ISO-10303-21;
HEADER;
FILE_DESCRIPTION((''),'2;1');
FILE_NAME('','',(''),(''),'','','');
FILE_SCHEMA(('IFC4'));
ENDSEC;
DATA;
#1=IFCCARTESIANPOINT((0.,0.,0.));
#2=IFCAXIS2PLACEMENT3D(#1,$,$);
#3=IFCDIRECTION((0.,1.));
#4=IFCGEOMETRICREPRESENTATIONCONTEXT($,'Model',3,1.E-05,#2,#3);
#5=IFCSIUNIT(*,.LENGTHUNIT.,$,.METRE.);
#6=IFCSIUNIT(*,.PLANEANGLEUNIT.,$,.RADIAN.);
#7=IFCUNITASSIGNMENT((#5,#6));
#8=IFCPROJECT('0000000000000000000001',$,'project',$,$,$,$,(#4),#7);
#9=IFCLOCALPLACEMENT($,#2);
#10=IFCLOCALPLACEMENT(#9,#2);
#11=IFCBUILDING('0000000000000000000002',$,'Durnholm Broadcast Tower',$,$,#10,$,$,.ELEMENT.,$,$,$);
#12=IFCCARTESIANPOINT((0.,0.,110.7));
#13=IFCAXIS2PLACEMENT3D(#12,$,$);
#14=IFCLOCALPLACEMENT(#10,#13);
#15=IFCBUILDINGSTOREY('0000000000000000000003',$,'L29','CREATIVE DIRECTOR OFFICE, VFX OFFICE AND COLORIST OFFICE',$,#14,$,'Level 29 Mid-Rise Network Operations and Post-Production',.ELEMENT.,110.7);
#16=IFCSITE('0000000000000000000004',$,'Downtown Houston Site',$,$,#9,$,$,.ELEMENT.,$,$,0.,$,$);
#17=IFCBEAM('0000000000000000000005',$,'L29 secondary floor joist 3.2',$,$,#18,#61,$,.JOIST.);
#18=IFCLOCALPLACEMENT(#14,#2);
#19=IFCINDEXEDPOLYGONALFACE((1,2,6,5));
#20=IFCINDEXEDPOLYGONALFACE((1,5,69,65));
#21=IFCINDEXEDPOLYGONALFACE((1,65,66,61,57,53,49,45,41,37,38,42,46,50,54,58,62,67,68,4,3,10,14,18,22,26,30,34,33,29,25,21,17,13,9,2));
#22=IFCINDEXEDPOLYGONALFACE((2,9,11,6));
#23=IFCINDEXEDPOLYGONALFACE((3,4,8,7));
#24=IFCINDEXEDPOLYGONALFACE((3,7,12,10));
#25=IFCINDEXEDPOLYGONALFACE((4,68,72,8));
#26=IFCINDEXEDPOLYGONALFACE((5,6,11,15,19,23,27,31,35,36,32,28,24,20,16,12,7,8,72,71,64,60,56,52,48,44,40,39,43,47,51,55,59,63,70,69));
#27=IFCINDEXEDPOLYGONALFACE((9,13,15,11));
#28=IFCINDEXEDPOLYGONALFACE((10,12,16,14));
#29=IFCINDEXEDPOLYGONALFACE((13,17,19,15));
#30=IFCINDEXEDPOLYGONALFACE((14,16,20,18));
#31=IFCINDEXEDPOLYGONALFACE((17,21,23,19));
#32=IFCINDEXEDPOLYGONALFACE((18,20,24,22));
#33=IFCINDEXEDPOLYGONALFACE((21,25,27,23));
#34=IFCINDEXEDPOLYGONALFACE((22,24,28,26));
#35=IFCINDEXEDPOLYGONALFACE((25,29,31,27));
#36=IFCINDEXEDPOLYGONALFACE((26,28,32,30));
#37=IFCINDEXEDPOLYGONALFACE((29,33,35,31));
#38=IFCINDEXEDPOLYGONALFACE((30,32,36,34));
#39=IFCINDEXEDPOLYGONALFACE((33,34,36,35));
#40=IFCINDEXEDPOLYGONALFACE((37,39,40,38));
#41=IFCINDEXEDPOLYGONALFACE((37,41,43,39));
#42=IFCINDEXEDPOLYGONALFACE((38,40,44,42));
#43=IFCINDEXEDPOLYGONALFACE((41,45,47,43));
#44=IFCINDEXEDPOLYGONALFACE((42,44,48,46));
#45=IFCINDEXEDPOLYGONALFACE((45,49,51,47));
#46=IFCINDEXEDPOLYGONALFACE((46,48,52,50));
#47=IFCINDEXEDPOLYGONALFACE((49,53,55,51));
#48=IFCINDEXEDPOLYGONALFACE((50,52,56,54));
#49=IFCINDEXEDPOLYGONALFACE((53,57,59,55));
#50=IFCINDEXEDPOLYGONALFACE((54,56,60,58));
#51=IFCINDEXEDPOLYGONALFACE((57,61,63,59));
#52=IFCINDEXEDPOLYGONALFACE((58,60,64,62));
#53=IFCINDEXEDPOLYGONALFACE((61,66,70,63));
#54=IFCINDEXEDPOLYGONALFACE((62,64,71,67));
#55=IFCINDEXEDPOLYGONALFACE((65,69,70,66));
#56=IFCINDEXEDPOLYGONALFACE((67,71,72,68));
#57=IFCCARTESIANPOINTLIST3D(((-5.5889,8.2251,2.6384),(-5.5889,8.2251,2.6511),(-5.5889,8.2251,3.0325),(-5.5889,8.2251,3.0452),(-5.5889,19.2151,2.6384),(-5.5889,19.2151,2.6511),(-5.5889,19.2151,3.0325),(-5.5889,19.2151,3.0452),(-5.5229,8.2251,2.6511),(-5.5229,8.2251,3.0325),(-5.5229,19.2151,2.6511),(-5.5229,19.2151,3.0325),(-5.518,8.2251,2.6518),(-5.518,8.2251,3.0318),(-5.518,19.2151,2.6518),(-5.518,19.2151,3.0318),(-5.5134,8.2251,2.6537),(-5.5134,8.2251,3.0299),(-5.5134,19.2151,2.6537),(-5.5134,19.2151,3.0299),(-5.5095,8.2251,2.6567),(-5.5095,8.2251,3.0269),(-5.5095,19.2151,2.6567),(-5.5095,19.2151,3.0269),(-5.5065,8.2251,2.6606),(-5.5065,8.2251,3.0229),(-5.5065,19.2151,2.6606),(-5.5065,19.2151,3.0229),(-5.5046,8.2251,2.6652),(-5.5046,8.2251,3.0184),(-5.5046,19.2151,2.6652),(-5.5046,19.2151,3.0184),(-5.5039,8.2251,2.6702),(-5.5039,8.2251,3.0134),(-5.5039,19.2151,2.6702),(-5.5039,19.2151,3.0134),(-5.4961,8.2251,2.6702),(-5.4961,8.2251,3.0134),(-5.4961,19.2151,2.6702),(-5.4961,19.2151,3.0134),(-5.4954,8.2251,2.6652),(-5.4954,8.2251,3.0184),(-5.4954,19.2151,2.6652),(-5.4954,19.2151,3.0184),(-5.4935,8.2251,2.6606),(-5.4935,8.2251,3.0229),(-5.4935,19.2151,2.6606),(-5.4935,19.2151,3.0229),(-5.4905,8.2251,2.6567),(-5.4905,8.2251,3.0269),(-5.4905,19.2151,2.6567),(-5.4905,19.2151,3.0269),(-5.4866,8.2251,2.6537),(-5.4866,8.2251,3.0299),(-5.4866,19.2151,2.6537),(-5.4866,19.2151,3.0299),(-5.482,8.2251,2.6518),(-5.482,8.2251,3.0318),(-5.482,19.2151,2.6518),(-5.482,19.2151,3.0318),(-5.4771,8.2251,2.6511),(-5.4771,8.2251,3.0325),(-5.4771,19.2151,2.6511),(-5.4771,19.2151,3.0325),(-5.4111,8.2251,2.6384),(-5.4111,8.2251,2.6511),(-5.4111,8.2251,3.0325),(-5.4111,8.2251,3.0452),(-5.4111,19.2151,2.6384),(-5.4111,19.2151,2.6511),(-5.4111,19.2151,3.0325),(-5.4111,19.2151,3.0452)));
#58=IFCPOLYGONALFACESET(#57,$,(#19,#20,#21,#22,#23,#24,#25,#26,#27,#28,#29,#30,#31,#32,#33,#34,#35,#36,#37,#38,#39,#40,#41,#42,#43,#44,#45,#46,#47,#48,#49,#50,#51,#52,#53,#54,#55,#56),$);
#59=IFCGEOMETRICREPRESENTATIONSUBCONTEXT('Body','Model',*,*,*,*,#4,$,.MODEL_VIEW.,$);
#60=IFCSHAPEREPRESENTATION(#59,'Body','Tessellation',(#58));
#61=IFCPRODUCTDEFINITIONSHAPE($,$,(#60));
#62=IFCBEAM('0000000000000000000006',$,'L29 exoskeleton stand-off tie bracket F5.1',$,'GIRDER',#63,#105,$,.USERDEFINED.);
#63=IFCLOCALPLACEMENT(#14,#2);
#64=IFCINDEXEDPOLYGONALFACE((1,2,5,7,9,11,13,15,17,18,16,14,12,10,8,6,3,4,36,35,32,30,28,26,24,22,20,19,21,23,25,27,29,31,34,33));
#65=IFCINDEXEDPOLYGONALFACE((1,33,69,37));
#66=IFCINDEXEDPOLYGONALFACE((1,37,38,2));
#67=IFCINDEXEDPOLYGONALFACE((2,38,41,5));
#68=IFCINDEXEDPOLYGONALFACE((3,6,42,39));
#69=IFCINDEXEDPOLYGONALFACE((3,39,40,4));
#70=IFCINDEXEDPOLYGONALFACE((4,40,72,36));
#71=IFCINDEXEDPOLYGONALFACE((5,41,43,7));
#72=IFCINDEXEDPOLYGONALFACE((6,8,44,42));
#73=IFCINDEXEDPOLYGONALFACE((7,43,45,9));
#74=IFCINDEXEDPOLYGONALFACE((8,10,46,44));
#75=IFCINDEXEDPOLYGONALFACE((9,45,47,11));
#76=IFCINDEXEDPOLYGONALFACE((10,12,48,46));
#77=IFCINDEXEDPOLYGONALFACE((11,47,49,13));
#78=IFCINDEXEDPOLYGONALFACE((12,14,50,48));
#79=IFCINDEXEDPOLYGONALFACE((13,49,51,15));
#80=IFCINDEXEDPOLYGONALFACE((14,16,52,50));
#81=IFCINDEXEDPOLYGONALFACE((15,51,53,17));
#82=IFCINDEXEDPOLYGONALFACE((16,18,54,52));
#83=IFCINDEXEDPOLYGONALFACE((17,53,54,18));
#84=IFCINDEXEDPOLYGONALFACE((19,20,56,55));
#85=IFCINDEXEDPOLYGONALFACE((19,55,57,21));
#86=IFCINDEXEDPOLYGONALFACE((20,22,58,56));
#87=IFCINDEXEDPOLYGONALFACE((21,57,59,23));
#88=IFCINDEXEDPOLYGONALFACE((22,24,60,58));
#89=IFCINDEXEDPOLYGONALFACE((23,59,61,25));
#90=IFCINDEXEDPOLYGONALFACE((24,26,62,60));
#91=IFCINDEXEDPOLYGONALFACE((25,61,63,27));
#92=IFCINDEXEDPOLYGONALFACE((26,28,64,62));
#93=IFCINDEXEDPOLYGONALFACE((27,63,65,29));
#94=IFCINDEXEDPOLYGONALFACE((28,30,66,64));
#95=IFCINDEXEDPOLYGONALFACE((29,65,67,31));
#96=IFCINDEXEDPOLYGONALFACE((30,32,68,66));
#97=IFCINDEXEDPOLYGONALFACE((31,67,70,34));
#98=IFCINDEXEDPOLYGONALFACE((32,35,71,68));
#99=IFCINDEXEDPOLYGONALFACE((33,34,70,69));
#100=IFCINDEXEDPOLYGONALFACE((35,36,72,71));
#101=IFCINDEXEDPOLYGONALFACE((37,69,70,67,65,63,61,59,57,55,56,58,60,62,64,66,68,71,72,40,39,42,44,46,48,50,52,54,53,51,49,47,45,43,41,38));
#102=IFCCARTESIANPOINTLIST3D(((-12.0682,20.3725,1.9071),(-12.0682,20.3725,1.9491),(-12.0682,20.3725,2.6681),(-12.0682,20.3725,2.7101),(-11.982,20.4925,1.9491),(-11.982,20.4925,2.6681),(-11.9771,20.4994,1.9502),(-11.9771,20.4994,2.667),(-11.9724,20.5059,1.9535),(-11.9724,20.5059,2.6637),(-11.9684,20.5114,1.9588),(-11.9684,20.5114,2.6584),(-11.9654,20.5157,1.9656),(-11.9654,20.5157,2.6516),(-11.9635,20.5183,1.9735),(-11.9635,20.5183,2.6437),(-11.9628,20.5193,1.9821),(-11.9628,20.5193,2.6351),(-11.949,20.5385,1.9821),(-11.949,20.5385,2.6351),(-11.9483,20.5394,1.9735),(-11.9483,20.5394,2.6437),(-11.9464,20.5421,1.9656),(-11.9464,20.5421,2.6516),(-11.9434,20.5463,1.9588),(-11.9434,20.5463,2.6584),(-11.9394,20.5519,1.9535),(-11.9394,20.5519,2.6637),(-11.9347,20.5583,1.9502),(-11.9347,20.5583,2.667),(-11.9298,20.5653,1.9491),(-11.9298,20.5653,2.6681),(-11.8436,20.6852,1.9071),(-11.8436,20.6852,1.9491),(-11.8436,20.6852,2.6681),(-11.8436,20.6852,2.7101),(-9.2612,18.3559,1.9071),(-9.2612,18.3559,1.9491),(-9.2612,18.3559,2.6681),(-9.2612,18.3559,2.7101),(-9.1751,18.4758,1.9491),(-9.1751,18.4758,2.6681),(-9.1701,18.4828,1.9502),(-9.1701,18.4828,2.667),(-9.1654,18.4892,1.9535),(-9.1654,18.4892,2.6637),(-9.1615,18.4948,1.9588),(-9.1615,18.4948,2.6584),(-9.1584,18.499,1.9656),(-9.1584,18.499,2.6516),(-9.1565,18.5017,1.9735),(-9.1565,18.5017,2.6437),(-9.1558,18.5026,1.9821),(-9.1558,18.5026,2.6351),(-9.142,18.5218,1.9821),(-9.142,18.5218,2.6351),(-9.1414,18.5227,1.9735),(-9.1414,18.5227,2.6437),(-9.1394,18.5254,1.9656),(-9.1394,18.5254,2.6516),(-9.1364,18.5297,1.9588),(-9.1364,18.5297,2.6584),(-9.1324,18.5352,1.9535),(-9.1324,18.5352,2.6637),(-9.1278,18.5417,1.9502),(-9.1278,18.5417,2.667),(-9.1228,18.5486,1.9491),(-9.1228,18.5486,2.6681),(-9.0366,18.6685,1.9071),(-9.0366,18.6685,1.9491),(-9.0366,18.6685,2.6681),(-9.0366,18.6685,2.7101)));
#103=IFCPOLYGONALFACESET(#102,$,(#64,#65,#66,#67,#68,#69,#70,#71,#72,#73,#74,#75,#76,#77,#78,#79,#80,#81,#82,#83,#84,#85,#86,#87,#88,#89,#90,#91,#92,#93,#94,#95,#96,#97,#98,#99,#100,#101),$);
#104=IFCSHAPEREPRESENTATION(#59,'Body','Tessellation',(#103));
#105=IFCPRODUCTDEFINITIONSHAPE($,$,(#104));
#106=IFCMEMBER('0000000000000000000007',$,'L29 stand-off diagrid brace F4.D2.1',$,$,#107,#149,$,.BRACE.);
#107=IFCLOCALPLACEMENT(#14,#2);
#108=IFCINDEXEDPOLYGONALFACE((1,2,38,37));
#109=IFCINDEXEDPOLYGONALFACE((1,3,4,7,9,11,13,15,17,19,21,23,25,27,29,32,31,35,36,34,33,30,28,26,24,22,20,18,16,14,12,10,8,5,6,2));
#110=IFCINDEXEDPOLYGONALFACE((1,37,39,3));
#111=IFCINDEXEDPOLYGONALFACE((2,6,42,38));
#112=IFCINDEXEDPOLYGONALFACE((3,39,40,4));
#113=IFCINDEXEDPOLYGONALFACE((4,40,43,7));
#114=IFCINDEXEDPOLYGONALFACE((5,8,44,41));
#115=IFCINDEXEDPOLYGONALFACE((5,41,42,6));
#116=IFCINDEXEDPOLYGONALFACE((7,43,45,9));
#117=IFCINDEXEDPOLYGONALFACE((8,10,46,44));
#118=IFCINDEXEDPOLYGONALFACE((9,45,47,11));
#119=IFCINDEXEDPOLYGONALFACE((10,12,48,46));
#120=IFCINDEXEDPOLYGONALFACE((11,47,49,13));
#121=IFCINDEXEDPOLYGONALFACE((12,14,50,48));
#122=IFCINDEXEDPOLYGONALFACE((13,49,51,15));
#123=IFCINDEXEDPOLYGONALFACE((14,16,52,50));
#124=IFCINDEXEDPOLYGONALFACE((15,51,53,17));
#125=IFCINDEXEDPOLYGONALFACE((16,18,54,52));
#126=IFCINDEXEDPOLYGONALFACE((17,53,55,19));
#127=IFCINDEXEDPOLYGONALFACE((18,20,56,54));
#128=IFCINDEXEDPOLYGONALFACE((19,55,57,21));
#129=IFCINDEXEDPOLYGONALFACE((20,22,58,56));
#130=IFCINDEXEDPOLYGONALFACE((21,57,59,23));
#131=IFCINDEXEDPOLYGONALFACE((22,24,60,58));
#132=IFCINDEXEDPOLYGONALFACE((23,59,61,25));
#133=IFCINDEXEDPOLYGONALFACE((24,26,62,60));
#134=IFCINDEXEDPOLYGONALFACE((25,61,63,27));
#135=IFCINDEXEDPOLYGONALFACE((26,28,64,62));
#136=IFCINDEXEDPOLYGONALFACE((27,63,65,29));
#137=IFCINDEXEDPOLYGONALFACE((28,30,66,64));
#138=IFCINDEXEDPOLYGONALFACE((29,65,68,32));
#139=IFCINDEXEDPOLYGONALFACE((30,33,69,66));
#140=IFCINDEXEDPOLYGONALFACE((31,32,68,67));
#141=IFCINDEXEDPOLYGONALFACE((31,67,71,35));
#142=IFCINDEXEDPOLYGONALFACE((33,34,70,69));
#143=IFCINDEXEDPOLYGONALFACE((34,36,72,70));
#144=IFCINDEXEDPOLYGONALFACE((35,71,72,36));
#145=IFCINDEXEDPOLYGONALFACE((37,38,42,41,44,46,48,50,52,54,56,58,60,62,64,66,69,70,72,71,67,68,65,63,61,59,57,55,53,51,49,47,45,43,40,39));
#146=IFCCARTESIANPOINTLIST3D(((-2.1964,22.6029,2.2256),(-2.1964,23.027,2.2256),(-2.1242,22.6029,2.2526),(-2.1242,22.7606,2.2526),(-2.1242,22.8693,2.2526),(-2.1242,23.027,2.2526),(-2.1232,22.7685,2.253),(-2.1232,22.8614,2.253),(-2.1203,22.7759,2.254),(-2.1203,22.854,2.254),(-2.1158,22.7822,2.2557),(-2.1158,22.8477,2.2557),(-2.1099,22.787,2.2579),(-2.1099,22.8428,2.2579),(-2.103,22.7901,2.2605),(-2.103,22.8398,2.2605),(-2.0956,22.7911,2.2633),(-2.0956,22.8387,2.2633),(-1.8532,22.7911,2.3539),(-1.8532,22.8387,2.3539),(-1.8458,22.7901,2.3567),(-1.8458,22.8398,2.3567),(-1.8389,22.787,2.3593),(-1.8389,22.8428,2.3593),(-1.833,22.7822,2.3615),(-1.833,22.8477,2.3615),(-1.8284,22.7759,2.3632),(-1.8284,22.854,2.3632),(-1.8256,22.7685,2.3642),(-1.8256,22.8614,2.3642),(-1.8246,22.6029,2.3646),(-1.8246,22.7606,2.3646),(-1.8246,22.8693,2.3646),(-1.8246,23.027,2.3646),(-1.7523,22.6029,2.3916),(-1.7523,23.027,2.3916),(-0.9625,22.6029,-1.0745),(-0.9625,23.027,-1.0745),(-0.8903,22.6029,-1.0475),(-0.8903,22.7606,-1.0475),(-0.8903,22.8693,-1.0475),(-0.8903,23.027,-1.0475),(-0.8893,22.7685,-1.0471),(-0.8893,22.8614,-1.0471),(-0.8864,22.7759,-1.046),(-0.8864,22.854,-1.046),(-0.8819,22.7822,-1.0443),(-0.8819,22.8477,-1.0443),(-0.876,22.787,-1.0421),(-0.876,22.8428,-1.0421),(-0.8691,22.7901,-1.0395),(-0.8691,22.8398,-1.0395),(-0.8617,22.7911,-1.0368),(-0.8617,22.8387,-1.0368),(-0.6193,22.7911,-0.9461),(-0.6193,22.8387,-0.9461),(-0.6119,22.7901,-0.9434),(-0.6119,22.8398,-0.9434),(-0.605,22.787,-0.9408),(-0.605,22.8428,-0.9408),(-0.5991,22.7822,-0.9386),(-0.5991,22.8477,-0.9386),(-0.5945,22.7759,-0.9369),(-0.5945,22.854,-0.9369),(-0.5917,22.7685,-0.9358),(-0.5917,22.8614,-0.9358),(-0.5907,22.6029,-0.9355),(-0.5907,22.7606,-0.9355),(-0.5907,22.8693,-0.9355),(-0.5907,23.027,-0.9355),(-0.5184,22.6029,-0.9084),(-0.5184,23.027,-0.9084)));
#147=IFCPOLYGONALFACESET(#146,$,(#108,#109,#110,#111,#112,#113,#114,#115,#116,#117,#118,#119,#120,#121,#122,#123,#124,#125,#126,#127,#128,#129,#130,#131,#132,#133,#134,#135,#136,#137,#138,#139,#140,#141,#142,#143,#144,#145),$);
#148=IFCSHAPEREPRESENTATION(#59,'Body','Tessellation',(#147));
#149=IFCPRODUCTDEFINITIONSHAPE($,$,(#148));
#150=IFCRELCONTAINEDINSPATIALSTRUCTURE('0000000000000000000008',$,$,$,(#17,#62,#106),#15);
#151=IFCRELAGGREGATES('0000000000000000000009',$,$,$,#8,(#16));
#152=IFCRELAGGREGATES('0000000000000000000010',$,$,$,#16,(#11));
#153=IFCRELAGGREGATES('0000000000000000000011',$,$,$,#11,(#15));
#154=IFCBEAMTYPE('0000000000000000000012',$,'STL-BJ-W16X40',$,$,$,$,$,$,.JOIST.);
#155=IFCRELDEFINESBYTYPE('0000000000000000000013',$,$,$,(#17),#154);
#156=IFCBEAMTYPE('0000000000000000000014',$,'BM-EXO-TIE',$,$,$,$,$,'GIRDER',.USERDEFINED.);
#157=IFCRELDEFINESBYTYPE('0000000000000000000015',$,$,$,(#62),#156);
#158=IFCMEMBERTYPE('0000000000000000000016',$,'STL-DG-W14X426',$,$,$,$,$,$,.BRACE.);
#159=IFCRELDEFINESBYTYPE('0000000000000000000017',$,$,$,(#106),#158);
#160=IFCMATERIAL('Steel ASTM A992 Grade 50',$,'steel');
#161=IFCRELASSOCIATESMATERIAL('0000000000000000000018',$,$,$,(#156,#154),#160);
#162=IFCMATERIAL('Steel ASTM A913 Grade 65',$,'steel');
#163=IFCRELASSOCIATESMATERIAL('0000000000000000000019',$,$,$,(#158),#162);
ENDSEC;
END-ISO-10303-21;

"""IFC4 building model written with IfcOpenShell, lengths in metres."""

from ifc_helpers import new_model, si_unit, direction, frame, origin, origin_2d, place, context, subcontext, project, spatial, i_section, extrude, source, transform, mapped, material, material_profile, profile_set, type_object, type_shapes, element, save


model = new_model("IFC4")

# Units and contexts
model_context = context("Model", 3, precision=1e-05, world=origin(), true_north=direction((0.0, 1.0)))
body_context = subcontext(model_context, "Body", "Model", "MODEL_VIEW")
ifc_project = project(units=[si_unit("LENGTHUNIT", "METRE"), si_unit("PLANEANGLEUNIT", "RADIAN")], contexts=[model_context])

# Site, building, storey
site_placement = place(None, origin())
site = spatial("IfcSite", under=ifc_project, at=site_placement, Name="Downtown Houston Site", CompositionType="ELEMENT", RefElevation=0.0)
building_placement = place(site_placement, origin())
building = spatial("IfcBuilding", under=site, at=building_placement, Name="Durnholm Broadcast Tower", CompositionType="ELEMENT")
storey_placement = place(building_placement, frame((0.0, 0.0, 110.7)))
storey = spatial("IfcBuildingStorey", under=building, at=storey_placement, Name="L29", Description="CREATIVE DIRECTOR OFFICE, VFX OFFICE AND COLORIST OFFICE", LongName="Level 29 Mid-Rise Network Operations and Post-Production", CompositionType="ELEMENT", Elevation=110.7)

# Beams
ifc_material_1 = material(Name="Steel ASTM A992 Grade 50", Category="steel")
ifc_material_profile_1 = material_profile(ifc_material_1, i_section(OverallWidth=0.385, OverallDepth=0.803, WebThickness=0.0237, FlangeThickness=0.042, FilletRadius=0.033, at=origin_2d()), Name="W30X261")
ifc_profile_set_1 = profile_set([ifc_material_profile_1], Name="Steel ASTM A992 Grade 50")
beam_type_1 = type_object("IfcBeamType", Name="BM-EXO-TIE", ElementType="GIRDER", PredefinedType="USERDEFINED", material=ifc_profile_set_1)
ifc_material_profile_2 = material_profile(ifc_material_1, i_section(OverallWidth=0.1777, OverallDepth=0.4067, WebThickness=0.0078, FlangeThickness=0.0127, FilletRadius=0.019, at=origin_2d()), Name="W16X40")
ifc_profile_set_2 = profile_set([ifc_material_profile_2], Name="Steel ASTM A992 Grade 50")
beam_type_2 = type_object("IfcBeamType", Name="STL-BJ-W16X40", PredefinedType="JOIST", material=ifc_profile_set_2)
shared_shape_1 = source(origin(), body_context, "Body", "SweptSolid", [
    extrude(i_section(OverallWidth=0.1777, OverallDepth=0.4067, WebThickness=0.0078, FlangeThickness=0.0127, FilletRadius=0.019, at=origin_2d()), origin(), (0.0, 0.0, 1.0), 10.99),
])
type_shapes(beam_type_2, [shared_shape_1])
beam_1_placement = place(storey_placement, frame((-5.5, 8.2251, 2.8418), z_axis=(0.0, 1.0, 0.0), x_axis=(-1.0, 0.0, 0.0)))
element("IfcBeam", 1, at=beam_1_placement, inside=storey, type_object=beam_type_2, Name="L29 secondary floor joist 3.2", PredefinedType="JOIST", context=body_context, shape_type="MappedRepresentation", body=[
    mapped(shared_shape_1, transform((0.0, 0.0, 0.0), x_axis=(1.0, 0.0, 0.0), y_axis=(0.0, 1.0, 0.0), z_axis=(0.0, 0.0, 1.0), scale=1.0)),
])
shared_shape_2 = source(origin(), body_context, "Body", "SweptSolid", [
    extrude(i_section(OverallWidth=0.385, OverallDepth=0.803, WebThickness=0.0237, FlangeThickness=0.042, FilletRadius=0.033, at=origin_2d()), origin(), (0.0, 0.0, 1.0), 3.4563),
])
beam_2_placement = place(storey_placement, frame((-9.1489, 18.5122, 2.3086), z_axis=(-0.812131, 0.583474, 0.0), x_axis=(-0.583474, -0.812131, 0.0)))
element("IfcBeam", 2, at=beam_2_placement, inside=storey, type_object=beam_type_1, Name="L29 exoskeleton stand-off tie bracket F5.1", ObjectType="GIRDER", PredefinedType="USERDEFINED", context=body_context, shape_type="MappedRepresentation", body=[
    mapped(shared_shape_2, transform((0.0, 0.0, 0.0), x_axis=(1.0, 0.0, 0.0), y_axis=(0.0, 1.0, 0.0), z_axis=(0.0, 0.0, 1.0), scale=1.0)),
])

# Member
ifc_material_2 = material(Name="Steel ASTM A913 Grade 65", Category="steel")
ifc_material_profile_3 = material_profile(ifc_material_2, i_section(OverallWidth=0.4241, OverallDepth=0.4741, WebThickness=0.0476, FlangeThickness=0.0771, FilletRadius=0.0305, at=origin_2d()), Name="W14X426")
ifc_profile_set_3 = profile_set([ifc_material_profile_3], Name="Steel ASTM A913 Grade 65")
member_type_1 = type_object("IfcMemberType", Name="STL-DG-W14X426", PredefinedType="BRACE", material=ifc_profile_set_3)
shared_shape_3 = source(origin(), body_context, "Body", "SweptSolid", [
    extrude(i_section(OverallWidth=0.4241, OverallDepth=0.4741, WebThickness=0.0476, FlangeThickness=0.0771, FilletRadius=0.0305, at=origin_2d()), origin(), (0.0, 0.0, 1.0), 3.5232),
])
type_shapes(member_type_1, [shared_shape_3])
for number, where, z_axis, x_axis, name in (
    (3, (-0.7405, 22.8149, -0.9915), (-0.35022, 0.0, 0.936668), (0.0, -1.0, 0.0), "L29 stand-off diagrid brace F4.D2.1"),
):
    element("IfcMember", number, at=place(storey_placement, frame(where, z_axis=z_axis, x_axis=x_axis)), inside=storey, type_object=member_type_1, Name=name, PredefinedType="BRACE", context=body_context, shape_type="MappedRepresentation", body=[
        mapped(shared_shape_3, transform((0.0, 0.0, 0.0), x_axis=(1.0, 0.0, 0.0), y_axis=(0.0, 1.0, 0.0), z_axis=(0.0, 0.0, 1.0), scale=1.0)),
    ])

save(model, "model.ifc")
